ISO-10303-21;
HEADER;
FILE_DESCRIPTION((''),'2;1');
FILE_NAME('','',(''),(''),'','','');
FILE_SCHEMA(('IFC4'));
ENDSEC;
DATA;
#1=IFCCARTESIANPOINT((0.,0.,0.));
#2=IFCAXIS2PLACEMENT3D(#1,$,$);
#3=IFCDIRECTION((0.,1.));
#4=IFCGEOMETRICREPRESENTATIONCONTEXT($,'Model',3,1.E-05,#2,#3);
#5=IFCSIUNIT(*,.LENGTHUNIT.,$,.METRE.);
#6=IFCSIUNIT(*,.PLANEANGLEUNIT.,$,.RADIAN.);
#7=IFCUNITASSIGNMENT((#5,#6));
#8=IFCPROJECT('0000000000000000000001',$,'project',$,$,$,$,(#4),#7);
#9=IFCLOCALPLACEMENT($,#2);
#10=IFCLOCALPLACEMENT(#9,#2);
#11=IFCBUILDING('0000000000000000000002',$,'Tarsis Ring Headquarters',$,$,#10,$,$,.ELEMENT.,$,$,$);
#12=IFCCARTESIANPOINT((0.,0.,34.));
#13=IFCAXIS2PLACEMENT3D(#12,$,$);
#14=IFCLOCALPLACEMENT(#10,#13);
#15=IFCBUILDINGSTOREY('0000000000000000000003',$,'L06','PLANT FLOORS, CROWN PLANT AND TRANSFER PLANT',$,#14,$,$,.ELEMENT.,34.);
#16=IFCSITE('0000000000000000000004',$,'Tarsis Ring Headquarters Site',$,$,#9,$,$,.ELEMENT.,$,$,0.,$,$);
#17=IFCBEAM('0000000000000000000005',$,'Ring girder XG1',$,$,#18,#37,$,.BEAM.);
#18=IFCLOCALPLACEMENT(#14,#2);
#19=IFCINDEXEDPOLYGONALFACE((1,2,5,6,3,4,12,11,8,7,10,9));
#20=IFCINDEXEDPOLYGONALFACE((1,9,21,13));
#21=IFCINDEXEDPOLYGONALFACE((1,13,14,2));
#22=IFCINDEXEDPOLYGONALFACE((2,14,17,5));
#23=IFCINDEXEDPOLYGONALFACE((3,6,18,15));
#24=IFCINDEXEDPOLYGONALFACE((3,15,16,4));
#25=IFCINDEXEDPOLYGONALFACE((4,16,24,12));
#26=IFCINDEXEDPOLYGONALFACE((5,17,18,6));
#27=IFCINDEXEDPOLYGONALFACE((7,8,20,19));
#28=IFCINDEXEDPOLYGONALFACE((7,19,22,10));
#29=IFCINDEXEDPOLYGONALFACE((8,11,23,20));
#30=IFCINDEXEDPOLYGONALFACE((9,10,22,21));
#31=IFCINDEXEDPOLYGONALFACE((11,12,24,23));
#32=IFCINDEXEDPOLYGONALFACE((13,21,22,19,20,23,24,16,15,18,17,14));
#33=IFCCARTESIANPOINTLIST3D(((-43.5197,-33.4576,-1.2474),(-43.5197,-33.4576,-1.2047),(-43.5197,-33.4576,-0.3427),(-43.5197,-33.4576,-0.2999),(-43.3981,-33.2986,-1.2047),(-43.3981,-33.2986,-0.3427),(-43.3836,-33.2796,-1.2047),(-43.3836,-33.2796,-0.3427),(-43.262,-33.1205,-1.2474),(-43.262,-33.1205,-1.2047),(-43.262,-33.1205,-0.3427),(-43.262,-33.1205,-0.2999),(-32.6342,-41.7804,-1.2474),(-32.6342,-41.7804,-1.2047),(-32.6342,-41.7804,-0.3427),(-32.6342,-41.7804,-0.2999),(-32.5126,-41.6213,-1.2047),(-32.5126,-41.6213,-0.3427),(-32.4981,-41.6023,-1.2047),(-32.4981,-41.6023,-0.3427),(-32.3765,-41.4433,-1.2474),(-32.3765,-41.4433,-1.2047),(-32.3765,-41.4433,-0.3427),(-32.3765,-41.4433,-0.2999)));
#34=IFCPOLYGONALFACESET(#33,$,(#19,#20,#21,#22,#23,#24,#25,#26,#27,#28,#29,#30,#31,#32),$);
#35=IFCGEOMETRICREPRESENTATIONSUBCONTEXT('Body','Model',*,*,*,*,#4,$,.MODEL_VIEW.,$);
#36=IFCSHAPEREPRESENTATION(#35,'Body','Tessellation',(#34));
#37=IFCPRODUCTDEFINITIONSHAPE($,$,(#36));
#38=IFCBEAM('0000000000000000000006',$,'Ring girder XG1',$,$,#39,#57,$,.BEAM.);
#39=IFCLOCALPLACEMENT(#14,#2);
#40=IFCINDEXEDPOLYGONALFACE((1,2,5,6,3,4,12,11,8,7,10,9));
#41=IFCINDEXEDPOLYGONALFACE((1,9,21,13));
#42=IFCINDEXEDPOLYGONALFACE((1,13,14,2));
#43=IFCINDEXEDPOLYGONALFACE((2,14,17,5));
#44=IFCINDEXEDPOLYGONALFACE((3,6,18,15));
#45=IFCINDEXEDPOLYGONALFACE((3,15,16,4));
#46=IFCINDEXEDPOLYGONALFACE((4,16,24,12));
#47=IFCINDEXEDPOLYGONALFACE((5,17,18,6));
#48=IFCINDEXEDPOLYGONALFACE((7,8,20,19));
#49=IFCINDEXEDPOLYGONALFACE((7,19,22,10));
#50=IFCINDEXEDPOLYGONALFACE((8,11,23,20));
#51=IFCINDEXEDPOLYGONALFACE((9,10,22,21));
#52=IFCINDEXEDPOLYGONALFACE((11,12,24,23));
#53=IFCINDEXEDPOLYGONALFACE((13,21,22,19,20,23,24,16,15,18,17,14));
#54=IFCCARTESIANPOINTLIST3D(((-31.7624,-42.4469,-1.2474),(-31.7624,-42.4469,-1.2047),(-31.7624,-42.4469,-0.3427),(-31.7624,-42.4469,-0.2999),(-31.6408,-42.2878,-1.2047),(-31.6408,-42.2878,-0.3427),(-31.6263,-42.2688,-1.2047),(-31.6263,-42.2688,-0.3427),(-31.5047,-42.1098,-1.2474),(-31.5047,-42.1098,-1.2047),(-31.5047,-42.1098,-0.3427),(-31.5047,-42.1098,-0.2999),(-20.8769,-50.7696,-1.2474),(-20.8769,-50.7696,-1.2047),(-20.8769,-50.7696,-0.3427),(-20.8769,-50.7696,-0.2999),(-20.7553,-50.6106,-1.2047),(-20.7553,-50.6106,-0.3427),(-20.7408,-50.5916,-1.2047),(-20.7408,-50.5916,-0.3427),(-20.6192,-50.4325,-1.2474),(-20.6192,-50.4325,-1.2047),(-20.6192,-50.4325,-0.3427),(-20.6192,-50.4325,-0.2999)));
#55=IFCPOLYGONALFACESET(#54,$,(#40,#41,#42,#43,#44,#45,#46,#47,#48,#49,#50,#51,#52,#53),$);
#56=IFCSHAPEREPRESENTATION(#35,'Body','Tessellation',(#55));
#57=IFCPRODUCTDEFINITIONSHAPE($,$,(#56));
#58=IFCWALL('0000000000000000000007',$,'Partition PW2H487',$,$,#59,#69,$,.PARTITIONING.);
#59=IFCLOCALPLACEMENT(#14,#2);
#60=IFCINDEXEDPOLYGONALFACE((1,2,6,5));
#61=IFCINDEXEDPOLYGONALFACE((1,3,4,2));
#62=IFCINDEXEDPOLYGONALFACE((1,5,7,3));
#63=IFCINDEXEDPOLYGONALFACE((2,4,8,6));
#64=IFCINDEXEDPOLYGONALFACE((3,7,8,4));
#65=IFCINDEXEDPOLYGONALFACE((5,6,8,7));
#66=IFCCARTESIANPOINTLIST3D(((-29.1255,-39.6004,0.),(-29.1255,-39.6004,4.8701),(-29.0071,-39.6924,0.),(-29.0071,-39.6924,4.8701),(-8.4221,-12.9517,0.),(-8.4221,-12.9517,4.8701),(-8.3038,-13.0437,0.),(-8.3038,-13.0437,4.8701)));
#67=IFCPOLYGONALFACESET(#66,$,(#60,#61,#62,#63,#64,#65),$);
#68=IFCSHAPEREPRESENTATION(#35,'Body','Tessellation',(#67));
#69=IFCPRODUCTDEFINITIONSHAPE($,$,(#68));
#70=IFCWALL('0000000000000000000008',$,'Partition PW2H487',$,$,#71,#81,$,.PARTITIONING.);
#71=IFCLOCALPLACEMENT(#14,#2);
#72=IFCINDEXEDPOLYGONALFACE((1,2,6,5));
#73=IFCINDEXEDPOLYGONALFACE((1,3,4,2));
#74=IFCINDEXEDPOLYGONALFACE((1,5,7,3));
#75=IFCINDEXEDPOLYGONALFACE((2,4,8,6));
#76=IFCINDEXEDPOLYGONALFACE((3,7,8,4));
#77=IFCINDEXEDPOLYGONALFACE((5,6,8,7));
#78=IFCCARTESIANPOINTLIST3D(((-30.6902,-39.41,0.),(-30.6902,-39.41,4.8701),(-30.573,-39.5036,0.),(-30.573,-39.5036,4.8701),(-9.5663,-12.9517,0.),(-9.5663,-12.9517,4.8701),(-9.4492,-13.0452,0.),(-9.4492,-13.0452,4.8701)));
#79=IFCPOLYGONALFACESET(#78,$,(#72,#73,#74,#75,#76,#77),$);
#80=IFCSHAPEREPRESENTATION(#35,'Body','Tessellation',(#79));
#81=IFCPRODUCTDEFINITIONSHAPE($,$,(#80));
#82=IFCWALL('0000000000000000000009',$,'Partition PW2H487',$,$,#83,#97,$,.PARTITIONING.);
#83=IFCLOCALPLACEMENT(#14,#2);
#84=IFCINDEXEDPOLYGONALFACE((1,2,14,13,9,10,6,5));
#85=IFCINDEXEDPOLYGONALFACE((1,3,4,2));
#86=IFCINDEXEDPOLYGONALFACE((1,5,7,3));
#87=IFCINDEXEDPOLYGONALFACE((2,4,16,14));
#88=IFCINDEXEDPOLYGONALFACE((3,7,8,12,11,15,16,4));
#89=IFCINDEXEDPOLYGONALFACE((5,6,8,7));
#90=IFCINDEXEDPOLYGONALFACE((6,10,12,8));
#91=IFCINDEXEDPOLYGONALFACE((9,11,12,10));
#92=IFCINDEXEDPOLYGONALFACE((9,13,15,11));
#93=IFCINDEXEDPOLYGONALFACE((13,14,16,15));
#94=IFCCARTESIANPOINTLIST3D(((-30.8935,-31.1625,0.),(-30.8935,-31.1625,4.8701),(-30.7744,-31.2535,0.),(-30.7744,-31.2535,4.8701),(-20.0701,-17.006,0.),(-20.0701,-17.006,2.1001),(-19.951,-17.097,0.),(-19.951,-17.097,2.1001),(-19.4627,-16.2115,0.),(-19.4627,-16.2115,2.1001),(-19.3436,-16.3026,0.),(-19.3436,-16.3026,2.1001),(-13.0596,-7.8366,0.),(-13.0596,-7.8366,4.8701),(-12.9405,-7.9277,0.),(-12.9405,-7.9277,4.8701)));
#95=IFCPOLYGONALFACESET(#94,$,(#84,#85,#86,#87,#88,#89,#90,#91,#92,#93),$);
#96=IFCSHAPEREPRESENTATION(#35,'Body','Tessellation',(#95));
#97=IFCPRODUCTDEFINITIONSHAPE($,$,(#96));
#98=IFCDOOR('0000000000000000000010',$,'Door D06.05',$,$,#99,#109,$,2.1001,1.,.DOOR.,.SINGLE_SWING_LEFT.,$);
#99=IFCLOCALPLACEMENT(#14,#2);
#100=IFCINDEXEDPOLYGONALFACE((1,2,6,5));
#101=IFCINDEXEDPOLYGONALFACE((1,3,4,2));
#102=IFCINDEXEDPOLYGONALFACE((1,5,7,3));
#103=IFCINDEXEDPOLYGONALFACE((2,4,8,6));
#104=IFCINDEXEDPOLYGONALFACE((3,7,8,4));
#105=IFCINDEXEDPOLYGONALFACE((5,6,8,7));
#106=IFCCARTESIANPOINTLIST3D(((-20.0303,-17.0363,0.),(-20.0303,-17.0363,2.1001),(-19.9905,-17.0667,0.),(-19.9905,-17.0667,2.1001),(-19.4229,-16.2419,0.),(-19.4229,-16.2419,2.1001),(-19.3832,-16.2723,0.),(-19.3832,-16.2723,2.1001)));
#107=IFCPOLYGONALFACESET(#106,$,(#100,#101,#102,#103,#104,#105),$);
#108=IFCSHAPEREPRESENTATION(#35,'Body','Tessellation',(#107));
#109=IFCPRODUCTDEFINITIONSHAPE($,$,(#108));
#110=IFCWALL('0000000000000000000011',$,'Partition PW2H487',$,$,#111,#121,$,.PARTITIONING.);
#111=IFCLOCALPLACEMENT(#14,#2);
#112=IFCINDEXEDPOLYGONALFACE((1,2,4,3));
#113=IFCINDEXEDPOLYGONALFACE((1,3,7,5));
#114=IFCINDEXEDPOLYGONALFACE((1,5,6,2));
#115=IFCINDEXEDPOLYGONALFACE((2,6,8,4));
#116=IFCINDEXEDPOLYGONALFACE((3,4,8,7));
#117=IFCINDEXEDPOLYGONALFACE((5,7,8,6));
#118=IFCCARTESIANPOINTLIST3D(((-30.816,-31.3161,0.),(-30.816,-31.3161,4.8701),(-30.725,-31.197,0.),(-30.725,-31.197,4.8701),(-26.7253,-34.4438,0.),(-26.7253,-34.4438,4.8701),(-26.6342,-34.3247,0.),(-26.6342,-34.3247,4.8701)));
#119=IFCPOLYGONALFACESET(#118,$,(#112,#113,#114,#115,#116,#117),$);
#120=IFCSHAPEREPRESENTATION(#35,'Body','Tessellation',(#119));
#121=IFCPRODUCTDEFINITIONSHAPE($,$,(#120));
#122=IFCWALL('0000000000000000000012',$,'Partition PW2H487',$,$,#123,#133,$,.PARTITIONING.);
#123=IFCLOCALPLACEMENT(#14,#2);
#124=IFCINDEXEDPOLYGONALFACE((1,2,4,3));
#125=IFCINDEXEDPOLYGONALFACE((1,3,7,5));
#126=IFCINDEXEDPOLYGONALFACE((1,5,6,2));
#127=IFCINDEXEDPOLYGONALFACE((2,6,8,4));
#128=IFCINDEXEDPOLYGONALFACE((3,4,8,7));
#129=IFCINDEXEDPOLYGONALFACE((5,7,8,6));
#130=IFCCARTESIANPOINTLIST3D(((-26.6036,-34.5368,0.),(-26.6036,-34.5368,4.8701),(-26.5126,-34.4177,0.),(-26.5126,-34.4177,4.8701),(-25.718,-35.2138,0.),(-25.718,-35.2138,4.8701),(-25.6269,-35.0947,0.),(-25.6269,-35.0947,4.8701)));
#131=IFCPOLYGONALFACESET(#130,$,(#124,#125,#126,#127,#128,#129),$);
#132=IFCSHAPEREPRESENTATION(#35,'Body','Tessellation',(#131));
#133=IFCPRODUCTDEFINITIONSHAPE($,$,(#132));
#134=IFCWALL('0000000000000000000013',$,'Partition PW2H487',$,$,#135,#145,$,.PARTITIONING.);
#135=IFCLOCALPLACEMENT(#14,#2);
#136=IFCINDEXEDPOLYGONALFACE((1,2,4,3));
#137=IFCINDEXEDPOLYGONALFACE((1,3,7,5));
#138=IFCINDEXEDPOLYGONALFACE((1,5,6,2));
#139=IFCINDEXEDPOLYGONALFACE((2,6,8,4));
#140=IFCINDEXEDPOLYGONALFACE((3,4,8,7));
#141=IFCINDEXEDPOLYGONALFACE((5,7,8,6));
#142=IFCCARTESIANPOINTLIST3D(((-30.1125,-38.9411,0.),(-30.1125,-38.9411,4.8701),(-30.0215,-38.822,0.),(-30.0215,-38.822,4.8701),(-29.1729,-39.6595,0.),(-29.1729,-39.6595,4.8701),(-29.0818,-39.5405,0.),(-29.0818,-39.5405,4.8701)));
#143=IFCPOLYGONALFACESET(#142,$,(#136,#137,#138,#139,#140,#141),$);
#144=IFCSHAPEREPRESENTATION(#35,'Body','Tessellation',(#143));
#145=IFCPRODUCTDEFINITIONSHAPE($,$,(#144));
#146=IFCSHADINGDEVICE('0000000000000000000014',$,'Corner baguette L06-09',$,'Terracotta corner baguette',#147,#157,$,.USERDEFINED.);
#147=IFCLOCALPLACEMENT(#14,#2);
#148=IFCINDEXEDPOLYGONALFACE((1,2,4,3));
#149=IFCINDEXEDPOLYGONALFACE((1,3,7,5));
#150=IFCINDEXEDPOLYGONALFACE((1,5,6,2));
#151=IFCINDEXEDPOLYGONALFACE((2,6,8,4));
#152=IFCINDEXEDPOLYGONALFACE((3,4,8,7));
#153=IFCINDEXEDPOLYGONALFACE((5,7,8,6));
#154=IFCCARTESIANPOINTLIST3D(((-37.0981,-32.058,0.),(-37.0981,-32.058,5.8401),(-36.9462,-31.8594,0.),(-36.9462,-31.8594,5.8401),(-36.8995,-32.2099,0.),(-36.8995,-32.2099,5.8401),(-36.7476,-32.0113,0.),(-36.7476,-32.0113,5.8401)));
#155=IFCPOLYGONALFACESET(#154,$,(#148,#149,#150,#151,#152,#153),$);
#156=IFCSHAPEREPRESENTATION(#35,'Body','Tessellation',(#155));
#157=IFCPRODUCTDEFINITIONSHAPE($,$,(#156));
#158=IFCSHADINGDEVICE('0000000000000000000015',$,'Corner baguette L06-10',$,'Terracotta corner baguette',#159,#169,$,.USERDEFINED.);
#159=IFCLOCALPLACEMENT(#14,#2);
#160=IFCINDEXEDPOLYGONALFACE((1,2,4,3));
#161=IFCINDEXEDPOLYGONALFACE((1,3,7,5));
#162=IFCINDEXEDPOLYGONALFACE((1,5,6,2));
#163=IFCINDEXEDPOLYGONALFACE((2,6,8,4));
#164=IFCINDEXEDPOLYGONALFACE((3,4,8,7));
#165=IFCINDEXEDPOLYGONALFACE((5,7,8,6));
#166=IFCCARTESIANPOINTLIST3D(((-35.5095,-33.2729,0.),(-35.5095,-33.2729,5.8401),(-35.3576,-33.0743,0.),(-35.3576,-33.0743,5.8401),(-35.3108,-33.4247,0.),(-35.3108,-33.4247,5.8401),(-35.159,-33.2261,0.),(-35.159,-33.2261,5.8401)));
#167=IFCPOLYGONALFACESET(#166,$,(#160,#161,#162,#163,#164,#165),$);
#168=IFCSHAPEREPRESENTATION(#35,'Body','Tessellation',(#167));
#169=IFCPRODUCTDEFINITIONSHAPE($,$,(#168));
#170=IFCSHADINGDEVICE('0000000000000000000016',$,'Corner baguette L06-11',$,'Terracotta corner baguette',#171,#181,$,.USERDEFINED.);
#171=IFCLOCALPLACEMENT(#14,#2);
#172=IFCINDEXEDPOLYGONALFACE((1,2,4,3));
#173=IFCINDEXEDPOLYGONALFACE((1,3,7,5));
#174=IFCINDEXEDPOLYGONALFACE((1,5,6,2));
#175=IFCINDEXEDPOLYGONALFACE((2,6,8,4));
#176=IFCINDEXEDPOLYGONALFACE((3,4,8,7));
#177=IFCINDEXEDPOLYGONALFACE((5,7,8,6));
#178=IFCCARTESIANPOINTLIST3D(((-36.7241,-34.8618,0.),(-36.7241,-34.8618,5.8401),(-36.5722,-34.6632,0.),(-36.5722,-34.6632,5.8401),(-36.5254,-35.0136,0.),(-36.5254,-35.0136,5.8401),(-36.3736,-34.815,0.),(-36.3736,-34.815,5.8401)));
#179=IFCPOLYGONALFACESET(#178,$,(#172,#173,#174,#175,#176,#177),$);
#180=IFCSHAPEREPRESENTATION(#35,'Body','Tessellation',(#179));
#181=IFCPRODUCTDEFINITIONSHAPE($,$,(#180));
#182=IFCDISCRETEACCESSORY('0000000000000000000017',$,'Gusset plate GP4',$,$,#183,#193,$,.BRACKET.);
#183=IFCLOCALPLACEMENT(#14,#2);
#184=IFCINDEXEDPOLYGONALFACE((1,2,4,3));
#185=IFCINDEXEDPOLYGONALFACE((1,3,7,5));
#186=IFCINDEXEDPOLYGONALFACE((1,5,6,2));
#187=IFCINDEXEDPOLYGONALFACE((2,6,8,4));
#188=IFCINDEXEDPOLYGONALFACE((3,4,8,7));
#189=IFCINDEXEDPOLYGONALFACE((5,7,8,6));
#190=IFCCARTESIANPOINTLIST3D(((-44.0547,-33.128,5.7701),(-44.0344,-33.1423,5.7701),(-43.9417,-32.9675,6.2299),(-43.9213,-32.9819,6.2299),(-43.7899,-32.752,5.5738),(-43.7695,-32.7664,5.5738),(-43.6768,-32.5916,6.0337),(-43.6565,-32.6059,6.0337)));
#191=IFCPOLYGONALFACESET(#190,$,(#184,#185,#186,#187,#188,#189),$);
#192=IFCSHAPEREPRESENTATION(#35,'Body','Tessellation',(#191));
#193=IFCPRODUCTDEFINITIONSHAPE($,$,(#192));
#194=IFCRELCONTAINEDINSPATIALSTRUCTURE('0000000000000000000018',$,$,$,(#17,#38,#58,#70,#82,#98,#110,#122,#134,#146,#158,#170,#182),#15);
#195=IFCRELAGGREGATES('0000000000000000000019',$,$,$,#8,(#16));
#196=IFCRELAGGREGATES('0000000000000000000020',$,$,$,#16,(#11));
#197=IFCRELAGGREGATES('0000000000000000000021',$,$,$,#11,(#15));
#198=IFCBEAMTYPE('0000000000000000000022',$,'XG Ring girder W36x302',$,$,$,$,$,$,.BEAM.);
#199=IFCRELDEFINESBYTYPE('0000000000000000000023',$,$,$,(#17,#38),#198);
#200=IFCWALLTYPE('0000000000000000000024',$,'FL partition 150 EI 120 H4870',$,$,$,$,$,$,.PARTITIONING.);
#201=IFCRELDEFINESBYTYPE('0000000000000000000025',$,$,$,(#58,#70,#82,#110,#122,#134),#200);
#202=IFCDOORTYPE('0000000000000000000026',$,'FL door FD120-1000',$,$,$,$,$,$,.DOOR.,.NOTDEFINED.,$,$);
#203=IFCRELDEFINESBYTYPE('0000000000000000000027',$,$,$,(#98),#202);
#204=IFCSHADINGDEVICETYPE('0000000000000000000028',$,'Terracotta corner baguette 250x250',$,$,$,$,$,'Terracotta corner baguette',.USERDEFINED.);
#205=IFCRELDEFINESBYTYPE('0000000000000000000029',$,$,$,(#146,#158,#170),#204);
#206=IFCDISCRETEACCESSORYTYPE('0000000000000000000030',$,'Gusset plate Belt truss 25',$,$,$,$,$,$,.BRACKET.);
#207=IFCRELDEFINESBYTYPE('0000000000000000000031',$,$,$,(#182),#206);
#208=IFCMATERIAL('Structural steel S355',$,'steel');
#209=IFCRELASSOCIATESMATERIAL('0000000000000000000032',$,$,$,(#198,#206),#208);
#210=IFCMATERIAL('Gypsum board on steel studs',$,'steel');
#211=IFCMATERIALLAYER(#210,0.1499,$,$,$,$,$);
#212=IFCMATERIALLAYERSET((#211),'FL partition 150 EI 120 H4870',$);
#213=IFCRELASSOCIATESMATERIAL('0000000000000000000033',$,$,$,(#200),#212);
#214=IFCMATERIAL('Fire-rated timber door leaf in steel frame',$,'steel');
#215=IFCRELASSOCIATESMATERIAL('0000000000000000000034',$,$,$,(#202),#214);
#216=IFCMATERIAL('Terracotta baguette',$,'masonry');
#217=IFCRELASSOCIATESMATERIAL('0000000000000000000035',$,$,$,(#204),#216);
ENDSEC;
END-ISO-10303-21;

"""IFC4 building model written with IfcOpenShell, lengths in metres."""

from ifc_helpers import new_model, si_unit, direction, frame, frame_2d, origin, origin_2d, place, context, subcontext, project, spatial, rectangle, i_section, extrude, material, layer, layer_set, material_profile, profile_set, type_object, element, fill, save


model = new_model("IFC4")

# Units and contexts
model_context = context("Model", 3, precision=1e-05, world=origin(), true_north=direction((0.0, 1.0)))
body_context = subcontext(model_context, "Body", "Model", "MODEL_VIEW")
ifc_project = project(units=[si_unit("LENGTHUNIT", "METRE"), si_unit("PLANEANGLEUNIT", "RADIAN")], contexts=[model_context])

# Site, building, storey
site_placement = place(None, origin())
site = spatial("IfcSite", under=ifc_project, at=site_placement, Name="Tarsis Ring Headquarters Site", CompositionType="ELEMENT", RefElevation=0.0)
building_placement = place(site_placement, origin())
building = spatial("IfcBuilding", under=site, at=building_placement, Name="Tarsis Ring Headquarters", CompositionType="ELEMENT")
storey_placement = place(building_placement, frame((0.0, 0.0, 34.0)))
storey = spatial("IfcBuildingStorey", under=building, at=storey_placement, Name="L06", Description="PLANT FLOORS, CROWN PLANT AND TRANSFER PLANT", CompositionType="ELEMENT", Elevation=34.0)

# Shared definitions
ifc_material_1 = material(Name="Structural steel S355", Category="steel")

# Beams
ifc_material_profile_1 = material_profile(ifc_material_1, i_section(OverallWidth=0.4243, OverallDepth=0.9475, WebThickness=0.0239, FlangeThickness=0.0427, at=origin_2d()), Name="W36x302")
ifc_profile_set_1 = profile_set([ifc_material_profile_1], Name="Structural steel S355")
beam_type_1 = type_object("IfcBeamType", Name="XG Ring girder W36x302", PredefinedType="BEAM", material=ifc_profile_set_1)
for number, where, z_axis, x_axis, name in (
    (1, (-43.3909, -33.2891, -0.7737), (0.794409, -0.607383, 0.0), (0.607383, 0.794409, 0.0), "Ring girder XG1"),
    (2, (-31.6335, -42.2783, -0.7737), (0.794409, -0.607383, 0.0), (0.607383, 0.794409, 0.0), "Ring girder XG1"),
):
    element("IfcBeam", number, at=place(storey_placement, frame(where, z_axis=z_axis, x_axis=x_axis)), inside=storey, type_object=beam_type_1, Name=name, PredefinedType="BEAM", context=body_context, shape_type="SweptSolid", body=[
        extrude(i_section(OverallWidth=0.4243, OverallDepth=0.9475, WebThickness=0.0239, FlangeThickness=0.0427, at=origin_2d()), origin(), (0.0, 0.0, 1.0), 13.7026),
    ])

# Walls
ifc_material_2 = material(Name="Gypsum board on steel studs", Category="steel")
ifc_layer = layer(ifc_material_2, 0.1499)
ifc_layer_set = layer_set([ifc_layer], Name="FL partition 150 EI 120 H4870")
wall_type = type_object("IfcWallType", Name="FL partition 150 EI 120 H4870", PredefinedType="PARTITIONING", material=ifc_layer_set)
wall_1_placement = place(storey_placement, frame((-29.0664, -39.6465, 0.0), z_axis=(0.0, 0.0, 1.0), x_axis=(0.613509, 0.789688, 0.0)))
element("IfcWall", 3, at=wall_1_placement, inside=storey, type_object=wall_type, Name="Partition PW2H487", PredefinedType="PARTITIONING", context=body_context, shape_type="SweptSolid", body=[
    extrude(rectangle(XDim=33.7458, YDim=0.1499, at=frame_2d((16.873, 0.0))), origin(), (0.0, 0.0, 1.0), 4.8701),
])
wall_2_placement = place(storey_placement, frame((-30.6316, -39.4568, 0.0), z_axis=(0.0, 0.0, 1.0), x_axis=(0.623924, 0.781485, 0.0)))
element("IfcWall", 4, at=wall_2_placement, inside=storey, type_object=wall_type, Name="Partition PW2H487", PredefinedType="PARTITIONING", context=body_context, shape_type="SweptSolid", body=[
    extrude(rectangle(XDim=33.8564, YDim=0.1499, at=frame_2d((16.9282, 0.0))), origin(), (0.0, 0.0, 1.0), 4.8701),
])

# Wall, opening, door
wall_3_placement = place(storey_placement, frame((-30.834, -31.208, 0.0), z_axis=(0.0, 0.0, 1.0), x_axis=(0.607375, 0.794415, 0.0)))
wall_3 = element("IfcWall", 5, at=wall_3_placement, inside=storey, type_object=wall_type, Name="Partition PW2H487", PredefinedType="PARTITIONING", context=body_context, shape_type="SweptSolid", body=[
    extrude(rectangle(XDim=29.3623, YDim=0.1499, at=frame_2d((14.6812, 0.0))), origin(), (0.0, 0.0, 1.0), 4.8701),
])
opening_placement = place(wall_3_placement, frame((17.8201, 0.0, 0.0)))
opening = element("IfcOpeningElement", 6, at=opening_placement, cuts=wall_3, PredefinedType="OPENING", context=body_context, shape_type="SweptSolid", body=[
    extrude(rectangle(XDim=1.0, YDim=2.1001, at=frame_2d((0.5, 1.05))), frame((0.0, 0.085, 0.0), z_axis=(0.0, -1.0, 0.0), x_axis=(1.0, 0.0, 0.0)), (0.0, 0.0, 1.0), 0.1699),
])
ifc_material_3 = material(Name="Fire-rated timber door leaf in steel frame", Category="steel")
door_type = type_object("IfcDoorType", Name="FL door FD120-1000", OperationType="NOTDEFINED", PredefinedType="DOOR", material=ifc_material_3)
door_placement = place(opening_placement, origin())
door = element("IfcDoor", 7, at=door_placement, inside=storey, type_object=door_type, Name="Door D06.05", OperationType="SINGLE_SWING_LEFT", OverallHeight=2.1001, OverallWidth=1.0, PredefinedType="DOOR", context=body_context, shape_type="SweptSolid", body=[
    extrude(rectangle(XDim=1.0, YDim=2.1001, at=frame_2d((0.5, 1.05))), frame((0.0, 0.0249, 0.0), z_axis=(0.0, -1.0, 0.0), x_axis=(1.0, 0.0, 0.0)), (0.0, 0.0, 1.0), 0.05),
])
fill(opening, door)

# Walls
wall_4_placement = place(storey_placement, frame((-30.7705, -31.2566, 0.0), z_axis=(0.0, 0.0, 1.0), x_axis=(0.794413, -0.607378, 0.0)))
element("IfcWall", 8, at=wall_4_placement, inside=storey, type_object=wall_type, Name="Partition PW2H487", PredefinedType="PARTITIONING", context=body_context, shape_type="SweptSolid", body=[
    extrude(rectangle(XDim=5.1494, YDim=0.1499, at=frame_2d((2.5747, 0.0))), origin(), (0.0, 0.0, 1.0), 4.8701),
])
wall_5_placement = place(storey_placement, frame((-26.5581, -34.4773, 0.0), z_axis=(0.0, 0.0, 1.0), x_axis=(0.794501, -0.607263, 0.0)))
element("IfcWall", 9, at=wall_5_placement, inside=storey, type_object=wall_type, Name="Partition PW2H487", PredefinedType="PARTITIONING", context=body_context, shape_type="SweptSolid", body=[
    extrude(rectangle(XDim=1.1147, YDim=0.1499, at=frame_2d((0.5574, 0.0))), origin(), (0.0, 0.0, 1.0), 4.8701),
])
wall_6_placement = place(storey_placement, frame((-30.0669, -38.8816, 0.0), z_axis=(0.0, 0.0, 1.0), x_axis=(0.794393, -0.607404, 0.0)))
element("IfcWall", 10, at=wall_6_placement, inside=storey, type_object=wall_type, Name="Partition PW2H487", PredefinedType="PARTITIONING", context=body_context, shape_type="SweptSolid", body=[
    extrude(rectangle(XDim=1.1829, YDim=0.1499, at=frame_2d((0.5913, 0.0))), origin(), (0.0, 0.0, 1.0), 4.8701),
])

# Shading devices
ifc_material_4 = material(Name="Terracotta baguette", Category="masonry")
shading_device_type_1 = type_object("IfcShadingDeviceType", Name="Terracotta corner baguette 250x250", ElementType="Terracotta corner baguette", PredefinedType="USERDEFINED", material=ifc_material_4)
for number, where, z_axis, x_axis, name in (
    (11, (-36.9229, -32.0347, 0.0), (0.0, 0.0, 1.0), (-0.607376, -0.794415, 0.0), "Corner baguette L06-09"),
    (12, (-35.3342, -33.2495, 0.0), (0.0, 0.0, 1.0), (0.794415, -0.607376, 0.0), "Corner baguette L06-10"),
    (13, (-36.5488, -34.8384, 0.0), (0.0, 0.0, 1.0), (-0.607376, -0.794415, 0.0), "Corner baguette L06-11"),
):
    element("IfcShadingDevice", number, at=place(storey_placement, frame(where, z_axis=z_axis, x_axis=x_axis)), inside=storey, type_object=shading_device_type_1, Name=name, ObjectType="Terracotta corner baguette", PredefinedType="USERDEFINED", context=body_context, shape_type="SweptSolid", body=[
        extrude(rectangle(XDim=0.25, YDim=0.25, at=origin_2d()), origin(), (0.0, 0.0, 1.0), 5.8401),
    ])

# Discrete accessory
ifc_material_profile_2 = material_profile(ifc_material_1, rectangle(XDim=0.0249, YDim=0.5, at=origin_2d()), Name="PL 25x500")
ifc_profile_set_2 = profile_set([ifc_material_profile_2], Name="Structural steel S355")
discrete_accessory_type_1 = type_object("IfcDiscreteAccessoryType", Name="Gusset plate Belt truss 25", PredefinedType="BRACKET", material=ifc_profile_set_2)
discrete_accessory_1_placement = place(storey_placement, frame((-43.988, -33.0549, 6.0), z_axis=(0.529726, 0.751869, -0.392534), x_axis=(-0.817482, 0.575954, 0.0)))
element("IfcDiscreteAccessory", 14, at=discrete_accessory_1_placement, inside=storey, type_object=discrete_accessory_type_1, Name="Gusset plate GP4", PredefinedType="BRACKET", context=body_context, shape_type="SweptSolid", body=[
    extrude(rectangle(XDim=0.0249, YDim=0.5, at=origin_2d()), origin(), (0.0, 0.0, 1.0), 0.5),
])

save(model, "model.ifc")
